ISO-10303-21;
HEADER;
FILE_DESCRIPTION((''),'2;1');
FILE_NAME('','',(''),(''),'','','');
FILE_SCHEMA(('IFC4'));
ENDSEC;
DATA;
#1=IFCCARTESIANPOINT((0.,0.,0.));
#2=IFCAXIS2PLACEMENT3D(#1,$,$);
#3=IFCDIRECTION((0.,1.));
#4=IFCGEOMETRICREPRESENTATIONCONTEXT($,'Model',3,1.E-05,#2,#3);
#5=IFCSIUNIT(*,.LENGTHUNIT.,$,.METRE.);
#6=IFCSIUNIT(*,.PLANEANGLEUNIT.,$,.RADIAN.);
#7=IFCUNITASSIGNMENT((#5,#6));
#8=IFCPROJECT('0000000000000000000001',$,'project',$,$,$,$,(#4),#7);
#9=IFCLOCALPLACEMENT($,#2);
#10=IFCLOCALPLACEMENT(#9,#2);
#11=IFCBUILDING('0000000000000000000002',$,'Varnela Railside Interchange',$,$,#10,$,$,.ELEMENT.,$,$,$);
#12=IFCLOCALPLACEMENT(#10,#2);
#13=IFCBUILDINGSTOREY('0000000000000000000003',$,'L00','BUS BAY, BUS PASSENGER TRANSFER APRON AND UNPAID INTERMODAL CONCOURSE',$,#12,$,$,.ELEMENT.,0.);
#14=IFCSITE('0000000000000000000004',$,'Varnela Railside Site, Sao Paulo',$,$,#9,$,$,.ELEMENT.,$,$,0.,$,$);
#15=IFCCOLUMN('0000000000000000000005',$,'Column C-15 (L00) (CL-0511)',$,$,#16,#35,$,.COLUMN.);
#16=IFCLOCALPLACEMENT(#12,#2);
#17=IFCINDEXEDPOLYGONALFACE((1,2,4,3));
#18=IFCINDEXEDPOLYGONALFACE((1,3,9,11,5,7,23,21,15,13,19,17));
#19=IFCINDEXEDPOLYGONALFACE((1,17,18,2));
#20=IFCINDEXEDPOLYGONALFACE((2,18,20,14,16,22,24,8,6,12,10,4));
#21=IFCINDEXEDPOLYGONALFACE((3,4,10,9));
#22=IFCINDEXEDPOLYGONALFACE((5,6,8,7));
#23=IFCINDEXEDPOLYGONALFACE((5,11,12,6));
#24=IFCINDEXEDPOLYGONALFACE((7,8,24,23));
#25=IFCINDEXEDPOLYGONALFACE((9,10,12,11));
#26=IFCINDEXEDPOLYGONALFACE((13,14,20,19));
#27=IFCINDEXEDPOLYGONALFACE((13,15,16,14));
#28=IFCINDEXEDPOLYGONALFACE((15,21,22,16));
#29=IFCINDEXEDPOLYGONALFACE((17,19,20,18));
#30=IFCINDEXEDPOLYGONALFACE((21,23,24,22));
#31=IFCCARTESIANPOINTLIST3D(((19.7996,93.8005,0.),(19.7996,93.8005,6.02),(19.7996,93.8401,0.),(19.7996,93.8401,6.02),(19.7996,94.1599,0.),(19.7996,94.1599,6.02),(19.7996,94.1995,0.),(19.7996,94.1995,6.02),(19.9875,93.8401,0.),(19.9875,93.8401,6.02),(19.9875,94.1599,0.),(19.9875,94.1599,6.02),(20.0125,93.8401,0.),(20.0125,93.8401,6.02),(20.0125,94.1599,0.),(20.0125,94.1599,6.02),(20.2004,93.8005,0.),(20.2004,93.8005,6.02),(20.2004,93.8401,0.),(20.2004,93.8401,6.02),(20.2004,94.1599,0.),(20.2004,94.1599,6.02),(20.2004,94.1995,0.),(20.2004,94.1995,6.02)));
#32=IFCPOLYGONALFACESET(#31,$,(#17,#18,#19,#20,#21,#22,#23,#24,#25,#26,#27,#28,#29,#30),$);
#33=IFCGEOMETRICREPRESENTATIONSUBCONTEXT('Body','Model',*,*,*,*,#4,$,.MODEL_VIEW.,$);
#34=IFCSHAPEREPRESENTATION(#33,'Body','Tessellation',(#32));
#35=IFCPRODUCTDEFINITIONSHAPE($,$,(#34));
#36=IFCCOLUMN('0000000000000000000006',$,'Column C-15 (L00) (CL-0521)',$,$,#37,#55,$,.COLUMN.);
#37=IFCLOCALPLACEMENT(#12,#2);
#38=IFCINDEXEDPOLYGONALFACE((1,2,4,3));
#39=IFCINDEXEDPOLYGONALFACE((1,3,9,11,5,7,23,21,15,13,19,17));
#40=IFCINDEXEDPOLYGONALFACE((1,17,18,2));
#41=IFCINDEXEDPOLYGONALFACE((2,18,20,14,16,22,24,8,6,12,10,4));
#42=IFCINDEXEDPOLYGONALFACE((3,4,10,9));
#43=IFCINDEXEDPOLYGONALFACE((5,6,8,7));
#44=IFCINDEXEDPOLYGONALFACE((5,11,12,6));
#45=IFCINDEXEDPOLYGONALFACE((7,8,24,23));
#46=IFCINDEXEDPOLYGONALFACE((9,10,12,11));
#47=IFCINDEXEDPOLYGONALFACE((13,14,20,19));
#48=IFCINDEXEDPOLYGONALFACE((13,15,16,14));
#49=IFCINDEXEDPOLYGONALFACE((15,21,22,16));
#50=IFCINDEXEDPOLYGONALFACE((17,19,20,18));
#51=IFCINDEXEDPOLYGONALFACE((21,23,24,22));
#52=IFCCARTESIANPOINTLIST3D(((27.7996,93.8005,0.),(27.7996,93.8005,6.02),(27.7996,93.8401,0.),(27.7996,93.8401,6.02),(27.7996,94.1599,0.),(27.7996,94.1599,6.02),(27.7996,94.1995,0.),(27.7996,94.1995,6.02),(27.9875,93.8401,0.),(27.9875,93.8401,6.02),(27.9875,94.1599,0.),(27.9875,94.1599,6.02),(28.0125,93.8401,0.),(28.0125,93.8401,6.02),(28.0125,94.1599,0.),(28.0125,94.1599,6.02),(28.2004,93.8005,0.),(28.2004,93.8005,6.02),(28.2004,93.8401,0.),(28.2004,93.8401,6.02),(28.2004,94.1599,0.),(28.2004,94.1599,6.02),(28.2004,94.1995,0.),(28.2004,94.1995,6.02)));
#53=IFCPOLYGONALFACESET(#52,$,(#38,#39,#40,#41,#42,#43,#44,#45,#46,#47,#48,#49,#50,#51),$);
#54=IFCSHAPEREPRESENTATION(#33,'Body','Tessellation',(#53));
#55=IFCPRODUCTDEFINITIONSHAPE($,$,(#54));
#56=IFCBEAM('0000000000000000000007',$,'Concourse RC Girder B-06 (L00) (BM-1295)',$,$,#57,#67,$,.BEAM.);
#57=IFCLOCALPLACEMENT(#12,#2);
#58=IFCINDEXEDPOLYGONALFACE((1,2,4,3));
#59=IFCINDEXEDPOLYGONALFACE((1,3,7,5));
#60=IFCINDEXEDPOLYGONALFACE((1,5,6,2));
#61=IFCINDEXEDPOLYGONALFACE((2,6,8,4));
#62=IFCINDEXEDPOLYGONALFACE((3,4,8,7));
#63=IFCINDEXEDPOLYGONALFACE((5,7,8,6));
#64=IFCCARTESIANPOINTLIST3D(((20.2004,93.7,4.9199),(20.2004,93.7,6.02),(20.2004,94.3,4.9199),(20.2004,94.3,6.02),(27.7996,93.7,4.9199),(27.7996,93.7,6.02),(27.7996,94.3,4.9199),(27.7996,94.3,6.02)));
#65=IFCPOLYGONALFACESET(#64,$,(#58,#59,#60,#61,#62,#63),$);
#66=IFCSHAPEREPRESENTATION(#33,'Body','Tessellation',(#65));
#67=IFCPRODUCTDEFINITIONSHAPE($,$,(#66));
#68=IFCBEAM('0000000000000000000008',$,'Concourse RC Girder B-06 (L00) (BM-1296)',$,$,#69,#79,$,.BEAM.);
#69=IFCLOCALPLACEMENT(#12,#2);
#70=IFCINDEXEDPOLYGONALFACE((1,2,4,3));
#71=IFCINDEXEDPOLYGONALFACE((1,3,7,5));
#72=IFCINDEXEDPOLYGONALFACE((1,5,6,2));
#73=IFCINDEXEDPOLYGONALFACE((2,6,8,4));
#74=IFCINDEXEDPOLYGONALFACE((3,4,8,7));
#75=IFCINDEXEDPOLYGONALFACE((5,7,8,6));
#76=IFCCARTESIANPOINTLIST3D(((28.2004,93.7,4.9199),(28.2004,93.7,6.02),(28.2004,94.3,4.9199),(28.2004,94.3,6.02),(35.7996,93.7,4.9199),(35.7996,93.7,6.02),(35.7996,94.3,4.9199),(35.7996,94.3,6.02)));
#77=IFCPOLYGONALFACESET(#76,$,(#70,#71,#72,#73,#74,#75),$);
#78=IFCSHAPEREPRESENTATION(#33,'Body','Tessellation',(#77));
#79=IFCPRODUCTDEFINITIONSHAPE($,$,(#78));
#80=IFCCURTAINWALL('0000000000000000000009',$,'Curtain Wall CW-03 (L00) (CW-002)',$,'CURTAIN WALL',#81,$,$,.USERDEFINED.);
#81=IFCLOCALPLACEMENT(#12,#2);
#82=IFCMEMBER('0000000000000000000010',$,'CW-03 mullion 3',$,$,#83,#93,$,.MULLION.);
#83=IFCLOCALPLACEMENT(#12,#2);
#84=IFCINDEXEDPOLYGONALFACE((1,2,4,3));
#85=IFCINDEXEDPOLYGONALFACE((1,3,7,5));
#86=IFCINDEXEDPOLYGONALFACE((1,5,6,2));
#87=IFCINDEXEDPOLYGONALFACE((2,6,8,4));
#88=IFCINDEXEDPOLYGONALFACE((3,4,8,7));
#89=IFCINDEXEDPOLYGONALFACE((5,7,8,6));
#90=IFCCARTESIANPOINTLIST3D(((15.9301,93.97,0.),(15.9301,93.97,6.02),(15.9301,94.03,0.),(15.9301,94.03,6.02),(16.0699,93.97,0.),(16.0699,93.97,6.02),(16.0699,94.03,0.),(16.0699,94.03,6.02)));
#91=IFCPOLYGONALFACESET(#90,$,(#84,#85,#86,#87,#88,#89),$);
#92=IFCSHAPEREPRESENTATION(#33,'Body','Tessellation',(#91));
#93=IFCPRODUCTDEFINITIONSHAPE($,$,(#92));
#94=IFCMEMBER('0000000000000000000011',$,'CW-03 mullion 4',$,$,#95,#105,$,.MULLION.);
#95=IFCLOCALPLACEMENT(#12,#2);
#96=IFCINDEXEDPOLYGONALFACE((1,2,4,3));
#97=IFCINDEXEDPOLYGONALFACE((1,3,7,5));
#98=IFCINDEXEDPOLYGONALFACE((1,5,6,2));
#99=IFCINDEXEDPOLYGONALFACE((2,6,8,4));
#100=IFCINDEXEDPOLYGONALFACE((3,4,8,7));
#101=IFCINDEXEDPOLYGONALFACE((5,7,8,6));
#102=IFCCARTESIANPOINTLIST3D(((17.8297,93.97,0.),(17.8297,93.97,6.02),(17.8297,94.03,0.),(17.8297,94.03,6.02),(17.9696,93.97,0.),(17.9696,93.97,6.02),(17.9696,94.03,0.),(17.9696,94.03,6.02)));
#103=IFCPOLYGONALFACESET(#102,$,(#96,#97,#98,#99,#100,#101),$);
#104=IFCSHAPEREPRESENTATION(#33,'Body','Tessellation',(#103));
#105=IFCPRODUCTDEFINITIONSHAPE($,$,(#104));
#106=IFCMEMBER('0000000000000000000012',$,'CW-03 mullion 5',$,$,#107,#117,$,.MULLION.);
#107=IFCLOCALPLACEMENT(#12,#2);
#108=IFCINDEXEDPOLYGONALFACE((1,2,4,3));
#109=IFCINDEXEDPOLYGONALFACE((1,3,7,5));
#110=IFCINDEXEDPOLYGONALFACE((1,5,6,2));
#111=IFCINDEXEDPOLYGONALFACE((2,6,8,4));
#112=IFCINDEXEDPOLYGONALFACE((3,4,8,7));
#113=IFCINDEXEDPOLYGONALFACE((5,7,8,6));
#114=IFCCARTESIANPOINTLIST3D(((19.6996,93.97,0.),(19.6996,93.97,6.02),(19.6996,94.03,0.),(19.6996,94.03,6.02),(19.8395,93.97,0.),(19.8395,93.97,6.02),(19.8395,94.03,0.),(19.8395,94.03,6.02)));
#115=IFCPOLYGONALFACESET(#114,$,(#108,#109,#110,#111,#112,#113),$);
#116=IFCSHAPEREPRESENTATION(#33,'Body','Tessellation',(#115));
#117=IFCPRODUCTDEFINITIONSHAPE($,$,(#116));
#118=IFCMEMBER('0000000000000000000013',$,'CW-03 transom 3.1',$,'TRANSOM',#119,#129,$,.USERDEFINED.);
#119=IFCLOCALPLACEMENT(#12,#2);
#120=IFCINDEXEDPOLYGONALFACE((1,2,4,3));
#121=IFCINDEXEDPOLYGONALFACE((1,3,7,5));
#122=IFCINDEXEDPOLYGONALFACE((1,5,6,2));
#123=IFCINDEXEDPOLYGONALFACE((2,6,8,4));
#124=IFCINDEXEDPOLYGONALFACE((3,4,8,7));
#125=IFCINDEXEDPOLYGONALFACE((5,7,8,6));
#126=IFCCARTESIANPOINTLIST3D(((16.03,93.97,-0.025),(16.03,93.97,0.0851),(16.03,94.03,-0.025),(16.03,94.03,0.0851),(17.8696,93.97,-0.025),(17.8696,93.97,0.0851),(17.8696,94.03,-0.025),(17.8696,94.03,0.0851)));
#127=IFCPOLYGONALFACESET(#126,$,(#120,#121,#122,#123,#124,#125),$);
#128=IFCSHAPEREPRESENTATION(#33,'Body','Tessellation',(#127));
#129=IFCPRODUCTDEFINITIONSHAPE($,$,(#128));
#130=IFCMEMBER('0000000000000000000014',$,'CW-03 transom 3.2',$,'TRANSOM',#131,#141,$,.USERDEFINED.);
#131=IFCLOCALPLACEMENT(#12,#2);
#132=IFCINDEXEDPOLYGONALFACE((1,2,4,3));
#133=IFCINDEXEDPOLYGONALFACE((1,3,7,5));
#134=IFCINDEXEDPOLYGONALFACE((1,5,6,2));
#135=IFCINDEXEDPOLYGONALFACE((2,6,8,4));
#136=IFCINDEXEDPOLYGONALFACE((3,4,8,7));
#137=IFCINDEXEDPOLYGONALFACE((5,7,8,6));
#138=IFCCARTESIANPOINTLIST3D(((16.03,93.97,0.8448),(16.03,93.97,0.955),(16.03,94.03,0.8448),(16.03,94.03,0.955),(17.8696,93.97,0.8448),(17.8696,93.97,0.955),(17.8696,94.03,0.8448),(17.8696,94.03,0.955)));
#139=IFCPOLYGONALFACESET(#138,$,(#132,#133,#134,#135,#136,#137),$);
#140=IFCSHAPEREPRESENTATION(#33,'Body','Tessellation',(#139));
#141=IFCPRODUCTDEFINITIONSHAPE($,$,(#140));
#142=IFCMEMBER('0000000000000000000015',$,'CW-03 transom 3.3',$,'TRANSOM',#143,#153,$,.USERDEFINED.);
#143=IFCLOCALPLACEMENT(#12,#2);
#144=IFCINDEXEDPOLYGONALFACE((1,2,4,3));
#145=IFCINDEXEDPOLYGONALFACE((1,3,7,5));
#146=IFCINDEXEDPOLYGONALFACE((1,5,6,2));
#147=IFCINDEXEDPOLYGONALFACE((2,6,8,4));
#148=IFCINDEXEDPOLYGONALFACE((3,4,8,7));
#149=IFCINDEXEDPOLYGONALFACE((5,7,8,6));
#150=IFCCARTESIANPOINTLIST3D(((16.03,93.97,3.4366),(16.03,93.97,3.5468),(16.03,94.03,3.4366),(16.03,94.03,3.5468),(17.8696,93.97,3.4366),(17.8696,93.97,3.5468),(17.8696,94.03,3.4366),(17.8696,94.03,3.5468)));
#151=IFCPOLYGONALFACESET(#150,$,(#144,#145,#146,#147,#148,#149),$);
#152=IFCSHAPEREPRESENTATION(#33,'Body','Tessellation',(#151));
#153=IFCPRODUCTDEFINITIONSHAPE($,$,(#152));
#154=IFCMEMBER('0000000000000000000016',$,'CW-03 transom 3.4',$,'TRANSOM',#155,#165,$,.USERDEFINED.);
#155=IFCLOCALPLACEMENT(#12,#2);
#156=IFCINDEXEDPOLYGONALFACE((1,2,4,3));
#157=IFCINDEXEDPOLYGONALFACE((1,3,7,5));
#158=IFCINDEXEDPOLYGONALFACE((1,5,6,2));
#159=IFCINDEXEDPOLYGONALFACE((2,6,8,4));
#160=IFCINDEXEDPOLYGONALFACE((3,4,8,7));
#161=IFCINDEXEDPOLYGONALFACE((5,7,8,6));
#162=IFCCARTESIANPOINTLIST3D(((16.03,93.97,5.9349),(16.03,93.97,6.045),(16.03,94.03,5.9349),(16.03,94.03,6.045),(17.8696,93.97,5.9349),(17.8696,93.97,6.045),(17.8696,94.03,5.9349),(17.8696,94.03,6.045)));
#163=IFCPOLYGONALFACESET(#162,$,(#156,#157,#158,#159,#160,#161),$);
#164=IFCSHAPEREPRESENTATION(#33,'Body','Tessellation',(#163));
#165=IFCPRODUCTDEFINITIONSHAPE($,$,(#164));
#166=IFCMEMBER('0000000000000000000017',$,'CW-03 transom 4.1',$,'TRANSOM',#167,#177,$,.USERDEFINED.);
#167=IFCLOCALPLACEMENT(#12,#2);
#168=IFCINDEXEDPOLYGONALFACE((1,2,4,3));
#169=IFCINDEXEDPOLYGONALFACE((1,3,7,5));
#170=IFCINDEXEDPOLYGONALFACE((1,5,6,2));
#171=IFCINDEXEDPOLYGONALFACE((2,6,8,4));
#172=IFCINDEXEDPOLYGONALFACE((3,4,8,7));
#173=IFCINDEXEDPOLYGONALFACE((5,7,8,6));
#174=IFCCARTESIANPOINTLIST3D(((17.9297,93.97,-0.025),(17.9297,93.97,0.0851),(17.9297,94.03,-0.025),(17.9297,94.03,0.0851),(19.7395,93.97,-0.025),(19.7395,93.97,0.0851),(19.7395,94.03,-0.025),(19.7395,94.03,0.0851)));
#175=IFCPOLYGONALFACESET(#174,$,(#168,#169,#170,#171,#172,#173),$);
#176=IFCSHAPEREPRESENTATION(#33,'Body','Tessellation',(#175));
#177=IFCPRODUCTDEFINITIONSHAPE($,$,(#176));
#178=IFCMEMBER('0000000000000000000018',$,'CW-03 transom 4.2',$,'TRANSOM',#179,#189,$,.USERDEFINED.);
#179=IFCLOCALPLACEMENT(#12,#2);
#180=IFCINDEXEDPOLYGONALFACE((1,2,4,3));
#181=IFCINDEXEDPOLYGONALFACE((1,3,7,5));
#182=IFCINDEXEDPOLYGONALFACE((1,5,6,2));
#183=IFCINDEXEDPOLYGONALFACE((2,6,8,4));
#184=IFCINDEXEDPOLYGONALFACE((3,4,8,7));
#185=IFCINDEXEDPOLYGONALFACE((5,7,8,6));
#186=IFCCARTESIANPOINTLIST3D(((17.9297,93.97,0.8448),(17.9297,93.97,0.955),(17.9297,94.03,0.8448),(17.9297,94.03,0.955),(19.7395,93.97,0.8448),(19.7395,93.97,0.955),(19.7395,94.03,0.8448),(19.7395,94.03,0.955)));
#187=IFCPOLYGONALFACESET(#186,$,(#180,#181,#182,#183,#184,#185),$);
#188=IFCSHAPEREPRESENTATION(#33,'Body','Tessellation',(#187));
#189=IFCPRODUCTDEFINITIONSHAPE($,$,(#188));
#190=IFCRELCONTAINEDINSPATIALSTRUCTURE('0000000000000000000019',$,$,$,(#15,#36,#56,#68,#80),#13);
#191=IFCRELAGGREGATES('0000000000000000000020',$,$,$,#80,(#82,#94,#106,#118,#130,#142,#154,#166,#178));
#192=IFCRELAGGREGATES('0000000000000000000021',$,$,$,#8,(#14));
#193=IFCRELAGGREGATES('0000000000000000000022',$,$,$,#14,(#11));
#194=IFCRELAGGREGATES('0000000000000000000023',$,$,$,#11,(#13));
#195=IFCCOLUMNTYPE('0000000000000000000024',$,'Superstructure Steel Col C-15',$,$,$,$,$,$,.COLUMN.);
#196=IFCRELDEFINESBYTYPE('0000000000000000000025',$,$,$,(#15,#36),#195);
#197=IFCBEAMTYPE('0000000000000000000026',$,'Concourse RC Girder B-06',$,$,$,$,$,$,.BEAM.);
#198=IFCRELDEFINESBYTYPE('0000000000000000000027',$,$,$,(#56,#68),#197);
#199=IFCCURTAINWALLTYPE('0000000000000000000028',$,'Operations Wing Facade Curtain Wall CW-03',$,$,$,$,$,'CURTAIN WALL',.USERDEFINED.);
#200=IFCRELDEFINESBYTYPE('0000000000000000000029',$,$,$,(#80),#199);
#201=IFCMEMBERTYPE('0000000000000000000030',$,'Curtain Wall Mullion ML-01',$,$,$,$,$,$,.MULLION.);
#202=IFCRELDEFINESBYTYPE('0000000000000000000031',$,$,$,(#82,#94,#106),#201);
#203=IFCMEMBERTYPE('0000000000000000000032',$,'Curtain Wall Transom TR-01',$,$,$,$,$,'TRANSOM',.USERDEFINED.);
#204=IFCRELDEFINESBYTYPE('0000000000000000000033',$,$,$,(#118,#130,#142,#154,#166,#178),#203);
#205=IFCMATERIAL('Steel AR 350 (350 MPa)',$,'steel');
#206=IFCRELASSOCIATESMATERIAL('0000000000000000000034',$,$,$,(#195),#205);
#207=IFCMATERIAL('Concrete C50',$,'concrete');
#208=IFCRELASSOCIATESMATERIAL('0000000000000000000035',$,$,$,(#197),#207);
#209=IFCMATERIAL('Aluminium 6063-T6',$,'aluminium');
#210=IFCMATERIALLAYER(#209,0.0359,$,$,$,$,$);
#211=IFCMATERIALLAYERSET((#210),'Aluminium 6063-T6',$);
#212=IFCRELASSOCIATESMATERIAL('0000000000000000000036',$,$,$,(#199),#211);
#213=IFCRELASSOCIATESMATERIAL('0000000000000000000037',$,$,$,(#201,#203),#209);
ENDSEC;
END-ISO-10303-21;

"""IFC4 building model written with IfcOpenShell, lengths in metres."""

from ifc_helpers import new_model, si_unit, direction, frame, origin, origin_2d, place, context, subcontext, project, spatial, rectangle, i_section, extrude, material, layer, layer_set, material_profile, profile_set, type_object, element, aggregate, save


model = new_model("IFC4")

# Units and contexts
model_context = context("Model", 3, precision=1e-05, world=origin(), true_north=direction((0.0, 1.0)))
body_context = subcontext(model_context, "Body", "Model", "MODEL_VIEW")
ifc_project = project(units=[si_unit("LENGTHUNIT", "METRE"), si_unit("PLANEANGLEUNIT", "RADIAN")], contexts=[model_context])

# Site, building, storey
site_placement = place(None, origin())
site = spatial("IfcSite", under=ifc_project, at=site_placement, Name="Varnela Railside Site, Sao Paulo", CompositionType="ELEMENT", RefElevation=0.0)
building_placement = place(site_placement, origin())
building = spatial("IfcBuilding", under=site, at=building_placement, Name="Varnela Railside Interchange", CompositionType="ELEMENT")
storey_placement = place(building_placement, origin())
storey = spatial("IfcBuildingStorey", under=building, at=storey_placement, Name="L00", Description="BUS BAY, BUS PASSENGER TRANSFER APRON AND UNPAID INTERMODAL CONCOURSE", CompositionType="ELEMENT", Elevation=0.0)

# Columns
ifc_material_1 = material(Name="Steel AR 350 (350 MPa)", Category="steel")
ifc_material_profile_1 = material_profile(ifc_material_1, i_section(OverallWidth=0.4009, OverallDepth=0.3989, WebThickness=0.0249, FlangeThickness=0.0396, at=origin_2d()), Name="W360x314")
ifc_profile_set_1 = profile_set([ifc_material_profile_1], Name="Steel AR 350 (350 MPa)")
column_type = type_object("IfcColumnType", Name="Superstructure Steel Col C-15", PredefinedType="COLUMN", material=ifc_profile_set_1)
for number, where, z_axis, x_axis, name in (
    (1, (20.0, 94.0, 0.0), (0.0, 0.0, 1.0), (1.0, 0.0, 0.0), "Column C-15 (L00) (CL-0511)"),
    (2, (28.0, 94.0, 0.0), (0.0, 0.0, 1.0), (1.0, 0.0, 0.0), "Column C-15 (L00) (CL-0521)"),
):
    element("IfcColumn", number, at=place(storey_placement, frame(where, z_axis=z_axis, x_axis=x_axis)), inside=storey, type_object=column_type, Name=name, PredefinedType="COLUMN", context=body_context, shape_type="SweptSolid", body=[
        extrude(i_section(OverallWidth=0.4009, OverallDepth=0.3989, WebThickness=0.0249, FlangeThickness=0.0396, at=origin_2d()), origin(), (0.0, 0.0, 1.0), 6.02),
    ])

# Beams
ifc_material_2 = material(Name="Concrete C50", Category="concrete")
ifc_material_profile_2 = material_profile(ifc_material_2, rectangle(XDim=0.6001, YDim=1.1001, at=origin_2d()), Name="RC 600x1100")
ifc_profile_set_2 = profile_set([ifc_material_profile_2], Name="Concrete C50")
beam_type = type_object("IfcBeamType", Name="Concourse RC Girder B-06", PredefinedType="BEAM", material=ifc_profile_set_2)
for number, where, z_axis, x_axis, name in (
    (3, (20.2004, 94.0, 5.47), (1.0, 0.0, 0.0), (0.0, 1.0, 0.0), "Concourse RC Girder B-06 (L00) (BM-1295)"),
    (4, (28.2004, 94.0, 5.47), (1.0, 0.0, 0.0), (0.0, 1.0, 0.0), "Concourse RC Girder B-06 (L00) (BM-1296)"),
):
    element("IfcBeam", number, at=place(storey_placement, frame(where, z_axis=z_axis, x_axis=x_axis)), inside=storey, type_object=beam_type, Name=name, PredefinedType="BEAM", context=body_context, shape_type="SweptSolid", body=[
        extrude(rectangle(XDim=0.6001, YDim=1.1001, at=origin_2d()), origin(), (0.0, 0.0, 1.0), 7.5991),
    ])

# Curtain wall, members
ifc_material_3 = material(Name="Aluminium 6063-T6", Category="aluminium")
ifc_layer_1 = layer(ifc_material_3, 0.0359)
ifc_layer_set_1 = layer_set([ifc_layer_1], Name="Aluminium 6063-T6")
curtain_wall_type = type_object("IfcCurtainWallType", Name="Operations Wing Facade Curtain Wall CW-03", ElementType="CURTAIN WALL", PredefinedType="USERDEFINED", material=ifc_layer_set_1)
curtain_wall_placement = place(storey_placement, origin())
curtain_wall = element("IfcCurtainWall", 5, at=curtain_wall_placement, inside=storey, type_object=curtain_wall_type, Name="Curtain Wall CW-03 (L00) (CW-002)", ObjectType="CURTAIN WALL", PredefinedType="USERDEFINED")
ifc_material_profile_3 = material_profile(ifc_material_3, rectangle(XDim=0.0601, YDim=0.1399, at=origin_2d()), Name="ALU 60x140")
ifc_profile_set_3 = profile_set([ifc_material_profile_3], Name="Aluminium 6063-T6")
member_type_1 = type_object("IfcMemberType", Name="Curtain Wall Mullion ML-01", PredefinedType="MULLION", material=ifc_profile_set_3)
member_1_placement = place(storey_placement, frame((16.0, 94.0, 0.0), z_axis=(0.0, 0.0, 1.0), x_axis=(0.0, 1.0, 0.0)))
member_1 = element("IfcMember", 6, at=member_1_placement, type_object=member_type_1, Name="CW-03 mullion 3", PredefinedType="MULLION", context=body_context, shape_type="SweptSolid", body=[
    extrude(rectangle(XDim=0.0601, YDim=0.1399, at=origin_2d()), origin(), (0.0, 0.0, 1.0), 6.02),
])
member_2_placement = place(storey_placement, frame((17.8997, 94.0, 0.0), z_axis=(0.0, 0.0, 1.0), x_axis=(0.0, 1.0, 0.0)))
member_2 = element("IfcMember", 7, at=member_2_placement, type_object=member_type_1, Name="CW-03 mullion 4", PredefinedType="MULLION", context=body_context, shape_type="SweptSolid", body=[
    extrude(rectangle(XDim=0.0601, YDim=0.1399, at=origin_2d()), origin(), (0.0, 0.0, 1.0), 6.02),
])
member_3_placement = place(storey_placement, frame((19.7695, 94.0, 0.0), z_axis=(0.0, 0.0, 1.0), x_axis=(0.0, 1.0, 0.0)))
member_3 = element("IfcMember", 8, at=member_3_placement, type_object=member_type_1, Name="CW-03 mullion 5", PredefinedType="MULLION", context=body_context, shape_type="SweptSolid", body=[
    extrude(rectangle(XDim=0.0601, YDim=0.1399, at=origin_2d()), origin(), (0.0, 0.0, 1.0), 6.02),
])
ifc_material_profile_4 = material_profile(ifc_material_3, rectangle(XDim=0.0601, YDim=0.1101, at=origin_2d()), Name="ALU 60x110")
ifc_profile_set_4 = profile_set([ifc_material_profile_4], Name="Aluminium 6063-T6")
member_type_2 = type_object("IfcMemberType", Name="Curtain Wall Transom TR-01", ElementType="TRANSOM", PredefinedType="USERDEFINED", material=ifc_profile_set_4)
member_4_placement = place(storey_placement, frame((16.03, 94.0, 0.03), z_axis=(1.0, 0.0, 0.0), x_axis=(0.0, 1.0, 0.0)))
member_4 = element("IfcMember", 9, at=member_4_placement, type_object=member_type_2, Name="CW-03 transom 3.1", ObjectType="TRANSOM", PredefinedType="USERDEFINED", context=body_context, shape_type="SweptSolid", body=[
    extrude(rectangle(XDim=0.0601, YDim=0.1101, at=origin_2d()), origin(), (0.0, 0.0, 1.0), 1.8396),
])
member_5_placement = place(storey_placement, frame((16.03, 94.0, 0.8999), z_axis=(1.0, 0.0, 0.0), x_axis=(0.0, 1.0, 0.0)))
member_5 = element("IfcMember", 10, at=member_5_placement, type_object=member_type_2, Name="CW-03 transom 3.2", ObjectType="TRANSOM", PredefinedType="USERDEFINED", context=body_context, shape_type="SweptSolid", body=[
    extrude(rectangle(XDim=0.0601, YDim=0.1101, at=origin_2d()), origin(), (0.0, 0.0, 1.0), 1.8396),
])
member_6_placement = place(storey_placement, frame((16.03, 94.0, 3.4917), z_axis=(1.0, 0.0, 0.0), x_axis=(0.0, 1.0, 0.0)))
member_6 = element("IfcMember", 11, at=member_6_placement, type_object=member_type_2, Name="CW-03 transom 3.3", ObjectType="TRANSOM", PredefinedType="USERDEFINED", context=body_context, shape_type="SweptSolid", body=[
    extrude(rectangle(XDim=0.0601, YDim=0.1101, at=origin_2d()), origin(), (0.0, 0.0, 1.0), 1.8396),
])
member_7_placement = place(storey_placement, frame((16.03, 94.0, 5.99), z_axis=(1.0, 0.0, 0.0), x_axis=(0.0, 1.0, 0.0)))
member_7 = element("IfcMember", 12, at=member_7_placement, type_object=member_type_2, Name="CW-03 transom 3.4", ObjectType="TRANSOM", PredefinedType="USERDEFINED", context=body_context, shape_type="SweptSolid", body=[
    extrude(rectangle(XDim=0.0601, YDim=0.1101, at=origin_2d()), origin(), (0.0, 0.0, 1.0), 1.8396),
])
member_8_placement = place(storey_placement, frame((17.9297, 94.0, 0.03), z_axis=(1.0, 0.0, 0.0), x_axis=(0.0, 1.0, 0.0)))
member_8 = element("IfcMember", 13, at=member_8_placement, type_object=member_type_2, Name="CW-03 transom 4.1", ObjectType="TRANSOM", PredefinedType="USERDEFINED", context=body_context, shape_type="SweptSolid", body=[
    extrude(rectangle(XDim=0.0601, YDim=0.1101, at=origin_2d()), origin(), (0.0, 0.0, 1.0), 1.8098),
])
member_9_placement = place(storey_placement, frame((17.9297, 94.0, 0.8999), z_axis=(1.0, 0.0, 0.0), x_axis=(0.0, 1.0, 0.0)))
member_9 = element("IfcMember", 14, at=member_9_placement, type_object=member_type_2, Name="CW-03 transom 4.2", ObjectType="TRANSOM", PredefinedType="USERDEFINED", context=body_context, shape_type="SweptSolid", body=[
    extrude(rectangle(XDim=0.0601, YDim=0.1101, at=origin_2d()), origin(), (0.0, 0.0, 1.0), 1.8098),
])
aggregate(curtain_wall, [member_1, member_2, member_3, member_4, member_5, member_6, member_7, member_8, member_9])

save(model, "model.ifc")
